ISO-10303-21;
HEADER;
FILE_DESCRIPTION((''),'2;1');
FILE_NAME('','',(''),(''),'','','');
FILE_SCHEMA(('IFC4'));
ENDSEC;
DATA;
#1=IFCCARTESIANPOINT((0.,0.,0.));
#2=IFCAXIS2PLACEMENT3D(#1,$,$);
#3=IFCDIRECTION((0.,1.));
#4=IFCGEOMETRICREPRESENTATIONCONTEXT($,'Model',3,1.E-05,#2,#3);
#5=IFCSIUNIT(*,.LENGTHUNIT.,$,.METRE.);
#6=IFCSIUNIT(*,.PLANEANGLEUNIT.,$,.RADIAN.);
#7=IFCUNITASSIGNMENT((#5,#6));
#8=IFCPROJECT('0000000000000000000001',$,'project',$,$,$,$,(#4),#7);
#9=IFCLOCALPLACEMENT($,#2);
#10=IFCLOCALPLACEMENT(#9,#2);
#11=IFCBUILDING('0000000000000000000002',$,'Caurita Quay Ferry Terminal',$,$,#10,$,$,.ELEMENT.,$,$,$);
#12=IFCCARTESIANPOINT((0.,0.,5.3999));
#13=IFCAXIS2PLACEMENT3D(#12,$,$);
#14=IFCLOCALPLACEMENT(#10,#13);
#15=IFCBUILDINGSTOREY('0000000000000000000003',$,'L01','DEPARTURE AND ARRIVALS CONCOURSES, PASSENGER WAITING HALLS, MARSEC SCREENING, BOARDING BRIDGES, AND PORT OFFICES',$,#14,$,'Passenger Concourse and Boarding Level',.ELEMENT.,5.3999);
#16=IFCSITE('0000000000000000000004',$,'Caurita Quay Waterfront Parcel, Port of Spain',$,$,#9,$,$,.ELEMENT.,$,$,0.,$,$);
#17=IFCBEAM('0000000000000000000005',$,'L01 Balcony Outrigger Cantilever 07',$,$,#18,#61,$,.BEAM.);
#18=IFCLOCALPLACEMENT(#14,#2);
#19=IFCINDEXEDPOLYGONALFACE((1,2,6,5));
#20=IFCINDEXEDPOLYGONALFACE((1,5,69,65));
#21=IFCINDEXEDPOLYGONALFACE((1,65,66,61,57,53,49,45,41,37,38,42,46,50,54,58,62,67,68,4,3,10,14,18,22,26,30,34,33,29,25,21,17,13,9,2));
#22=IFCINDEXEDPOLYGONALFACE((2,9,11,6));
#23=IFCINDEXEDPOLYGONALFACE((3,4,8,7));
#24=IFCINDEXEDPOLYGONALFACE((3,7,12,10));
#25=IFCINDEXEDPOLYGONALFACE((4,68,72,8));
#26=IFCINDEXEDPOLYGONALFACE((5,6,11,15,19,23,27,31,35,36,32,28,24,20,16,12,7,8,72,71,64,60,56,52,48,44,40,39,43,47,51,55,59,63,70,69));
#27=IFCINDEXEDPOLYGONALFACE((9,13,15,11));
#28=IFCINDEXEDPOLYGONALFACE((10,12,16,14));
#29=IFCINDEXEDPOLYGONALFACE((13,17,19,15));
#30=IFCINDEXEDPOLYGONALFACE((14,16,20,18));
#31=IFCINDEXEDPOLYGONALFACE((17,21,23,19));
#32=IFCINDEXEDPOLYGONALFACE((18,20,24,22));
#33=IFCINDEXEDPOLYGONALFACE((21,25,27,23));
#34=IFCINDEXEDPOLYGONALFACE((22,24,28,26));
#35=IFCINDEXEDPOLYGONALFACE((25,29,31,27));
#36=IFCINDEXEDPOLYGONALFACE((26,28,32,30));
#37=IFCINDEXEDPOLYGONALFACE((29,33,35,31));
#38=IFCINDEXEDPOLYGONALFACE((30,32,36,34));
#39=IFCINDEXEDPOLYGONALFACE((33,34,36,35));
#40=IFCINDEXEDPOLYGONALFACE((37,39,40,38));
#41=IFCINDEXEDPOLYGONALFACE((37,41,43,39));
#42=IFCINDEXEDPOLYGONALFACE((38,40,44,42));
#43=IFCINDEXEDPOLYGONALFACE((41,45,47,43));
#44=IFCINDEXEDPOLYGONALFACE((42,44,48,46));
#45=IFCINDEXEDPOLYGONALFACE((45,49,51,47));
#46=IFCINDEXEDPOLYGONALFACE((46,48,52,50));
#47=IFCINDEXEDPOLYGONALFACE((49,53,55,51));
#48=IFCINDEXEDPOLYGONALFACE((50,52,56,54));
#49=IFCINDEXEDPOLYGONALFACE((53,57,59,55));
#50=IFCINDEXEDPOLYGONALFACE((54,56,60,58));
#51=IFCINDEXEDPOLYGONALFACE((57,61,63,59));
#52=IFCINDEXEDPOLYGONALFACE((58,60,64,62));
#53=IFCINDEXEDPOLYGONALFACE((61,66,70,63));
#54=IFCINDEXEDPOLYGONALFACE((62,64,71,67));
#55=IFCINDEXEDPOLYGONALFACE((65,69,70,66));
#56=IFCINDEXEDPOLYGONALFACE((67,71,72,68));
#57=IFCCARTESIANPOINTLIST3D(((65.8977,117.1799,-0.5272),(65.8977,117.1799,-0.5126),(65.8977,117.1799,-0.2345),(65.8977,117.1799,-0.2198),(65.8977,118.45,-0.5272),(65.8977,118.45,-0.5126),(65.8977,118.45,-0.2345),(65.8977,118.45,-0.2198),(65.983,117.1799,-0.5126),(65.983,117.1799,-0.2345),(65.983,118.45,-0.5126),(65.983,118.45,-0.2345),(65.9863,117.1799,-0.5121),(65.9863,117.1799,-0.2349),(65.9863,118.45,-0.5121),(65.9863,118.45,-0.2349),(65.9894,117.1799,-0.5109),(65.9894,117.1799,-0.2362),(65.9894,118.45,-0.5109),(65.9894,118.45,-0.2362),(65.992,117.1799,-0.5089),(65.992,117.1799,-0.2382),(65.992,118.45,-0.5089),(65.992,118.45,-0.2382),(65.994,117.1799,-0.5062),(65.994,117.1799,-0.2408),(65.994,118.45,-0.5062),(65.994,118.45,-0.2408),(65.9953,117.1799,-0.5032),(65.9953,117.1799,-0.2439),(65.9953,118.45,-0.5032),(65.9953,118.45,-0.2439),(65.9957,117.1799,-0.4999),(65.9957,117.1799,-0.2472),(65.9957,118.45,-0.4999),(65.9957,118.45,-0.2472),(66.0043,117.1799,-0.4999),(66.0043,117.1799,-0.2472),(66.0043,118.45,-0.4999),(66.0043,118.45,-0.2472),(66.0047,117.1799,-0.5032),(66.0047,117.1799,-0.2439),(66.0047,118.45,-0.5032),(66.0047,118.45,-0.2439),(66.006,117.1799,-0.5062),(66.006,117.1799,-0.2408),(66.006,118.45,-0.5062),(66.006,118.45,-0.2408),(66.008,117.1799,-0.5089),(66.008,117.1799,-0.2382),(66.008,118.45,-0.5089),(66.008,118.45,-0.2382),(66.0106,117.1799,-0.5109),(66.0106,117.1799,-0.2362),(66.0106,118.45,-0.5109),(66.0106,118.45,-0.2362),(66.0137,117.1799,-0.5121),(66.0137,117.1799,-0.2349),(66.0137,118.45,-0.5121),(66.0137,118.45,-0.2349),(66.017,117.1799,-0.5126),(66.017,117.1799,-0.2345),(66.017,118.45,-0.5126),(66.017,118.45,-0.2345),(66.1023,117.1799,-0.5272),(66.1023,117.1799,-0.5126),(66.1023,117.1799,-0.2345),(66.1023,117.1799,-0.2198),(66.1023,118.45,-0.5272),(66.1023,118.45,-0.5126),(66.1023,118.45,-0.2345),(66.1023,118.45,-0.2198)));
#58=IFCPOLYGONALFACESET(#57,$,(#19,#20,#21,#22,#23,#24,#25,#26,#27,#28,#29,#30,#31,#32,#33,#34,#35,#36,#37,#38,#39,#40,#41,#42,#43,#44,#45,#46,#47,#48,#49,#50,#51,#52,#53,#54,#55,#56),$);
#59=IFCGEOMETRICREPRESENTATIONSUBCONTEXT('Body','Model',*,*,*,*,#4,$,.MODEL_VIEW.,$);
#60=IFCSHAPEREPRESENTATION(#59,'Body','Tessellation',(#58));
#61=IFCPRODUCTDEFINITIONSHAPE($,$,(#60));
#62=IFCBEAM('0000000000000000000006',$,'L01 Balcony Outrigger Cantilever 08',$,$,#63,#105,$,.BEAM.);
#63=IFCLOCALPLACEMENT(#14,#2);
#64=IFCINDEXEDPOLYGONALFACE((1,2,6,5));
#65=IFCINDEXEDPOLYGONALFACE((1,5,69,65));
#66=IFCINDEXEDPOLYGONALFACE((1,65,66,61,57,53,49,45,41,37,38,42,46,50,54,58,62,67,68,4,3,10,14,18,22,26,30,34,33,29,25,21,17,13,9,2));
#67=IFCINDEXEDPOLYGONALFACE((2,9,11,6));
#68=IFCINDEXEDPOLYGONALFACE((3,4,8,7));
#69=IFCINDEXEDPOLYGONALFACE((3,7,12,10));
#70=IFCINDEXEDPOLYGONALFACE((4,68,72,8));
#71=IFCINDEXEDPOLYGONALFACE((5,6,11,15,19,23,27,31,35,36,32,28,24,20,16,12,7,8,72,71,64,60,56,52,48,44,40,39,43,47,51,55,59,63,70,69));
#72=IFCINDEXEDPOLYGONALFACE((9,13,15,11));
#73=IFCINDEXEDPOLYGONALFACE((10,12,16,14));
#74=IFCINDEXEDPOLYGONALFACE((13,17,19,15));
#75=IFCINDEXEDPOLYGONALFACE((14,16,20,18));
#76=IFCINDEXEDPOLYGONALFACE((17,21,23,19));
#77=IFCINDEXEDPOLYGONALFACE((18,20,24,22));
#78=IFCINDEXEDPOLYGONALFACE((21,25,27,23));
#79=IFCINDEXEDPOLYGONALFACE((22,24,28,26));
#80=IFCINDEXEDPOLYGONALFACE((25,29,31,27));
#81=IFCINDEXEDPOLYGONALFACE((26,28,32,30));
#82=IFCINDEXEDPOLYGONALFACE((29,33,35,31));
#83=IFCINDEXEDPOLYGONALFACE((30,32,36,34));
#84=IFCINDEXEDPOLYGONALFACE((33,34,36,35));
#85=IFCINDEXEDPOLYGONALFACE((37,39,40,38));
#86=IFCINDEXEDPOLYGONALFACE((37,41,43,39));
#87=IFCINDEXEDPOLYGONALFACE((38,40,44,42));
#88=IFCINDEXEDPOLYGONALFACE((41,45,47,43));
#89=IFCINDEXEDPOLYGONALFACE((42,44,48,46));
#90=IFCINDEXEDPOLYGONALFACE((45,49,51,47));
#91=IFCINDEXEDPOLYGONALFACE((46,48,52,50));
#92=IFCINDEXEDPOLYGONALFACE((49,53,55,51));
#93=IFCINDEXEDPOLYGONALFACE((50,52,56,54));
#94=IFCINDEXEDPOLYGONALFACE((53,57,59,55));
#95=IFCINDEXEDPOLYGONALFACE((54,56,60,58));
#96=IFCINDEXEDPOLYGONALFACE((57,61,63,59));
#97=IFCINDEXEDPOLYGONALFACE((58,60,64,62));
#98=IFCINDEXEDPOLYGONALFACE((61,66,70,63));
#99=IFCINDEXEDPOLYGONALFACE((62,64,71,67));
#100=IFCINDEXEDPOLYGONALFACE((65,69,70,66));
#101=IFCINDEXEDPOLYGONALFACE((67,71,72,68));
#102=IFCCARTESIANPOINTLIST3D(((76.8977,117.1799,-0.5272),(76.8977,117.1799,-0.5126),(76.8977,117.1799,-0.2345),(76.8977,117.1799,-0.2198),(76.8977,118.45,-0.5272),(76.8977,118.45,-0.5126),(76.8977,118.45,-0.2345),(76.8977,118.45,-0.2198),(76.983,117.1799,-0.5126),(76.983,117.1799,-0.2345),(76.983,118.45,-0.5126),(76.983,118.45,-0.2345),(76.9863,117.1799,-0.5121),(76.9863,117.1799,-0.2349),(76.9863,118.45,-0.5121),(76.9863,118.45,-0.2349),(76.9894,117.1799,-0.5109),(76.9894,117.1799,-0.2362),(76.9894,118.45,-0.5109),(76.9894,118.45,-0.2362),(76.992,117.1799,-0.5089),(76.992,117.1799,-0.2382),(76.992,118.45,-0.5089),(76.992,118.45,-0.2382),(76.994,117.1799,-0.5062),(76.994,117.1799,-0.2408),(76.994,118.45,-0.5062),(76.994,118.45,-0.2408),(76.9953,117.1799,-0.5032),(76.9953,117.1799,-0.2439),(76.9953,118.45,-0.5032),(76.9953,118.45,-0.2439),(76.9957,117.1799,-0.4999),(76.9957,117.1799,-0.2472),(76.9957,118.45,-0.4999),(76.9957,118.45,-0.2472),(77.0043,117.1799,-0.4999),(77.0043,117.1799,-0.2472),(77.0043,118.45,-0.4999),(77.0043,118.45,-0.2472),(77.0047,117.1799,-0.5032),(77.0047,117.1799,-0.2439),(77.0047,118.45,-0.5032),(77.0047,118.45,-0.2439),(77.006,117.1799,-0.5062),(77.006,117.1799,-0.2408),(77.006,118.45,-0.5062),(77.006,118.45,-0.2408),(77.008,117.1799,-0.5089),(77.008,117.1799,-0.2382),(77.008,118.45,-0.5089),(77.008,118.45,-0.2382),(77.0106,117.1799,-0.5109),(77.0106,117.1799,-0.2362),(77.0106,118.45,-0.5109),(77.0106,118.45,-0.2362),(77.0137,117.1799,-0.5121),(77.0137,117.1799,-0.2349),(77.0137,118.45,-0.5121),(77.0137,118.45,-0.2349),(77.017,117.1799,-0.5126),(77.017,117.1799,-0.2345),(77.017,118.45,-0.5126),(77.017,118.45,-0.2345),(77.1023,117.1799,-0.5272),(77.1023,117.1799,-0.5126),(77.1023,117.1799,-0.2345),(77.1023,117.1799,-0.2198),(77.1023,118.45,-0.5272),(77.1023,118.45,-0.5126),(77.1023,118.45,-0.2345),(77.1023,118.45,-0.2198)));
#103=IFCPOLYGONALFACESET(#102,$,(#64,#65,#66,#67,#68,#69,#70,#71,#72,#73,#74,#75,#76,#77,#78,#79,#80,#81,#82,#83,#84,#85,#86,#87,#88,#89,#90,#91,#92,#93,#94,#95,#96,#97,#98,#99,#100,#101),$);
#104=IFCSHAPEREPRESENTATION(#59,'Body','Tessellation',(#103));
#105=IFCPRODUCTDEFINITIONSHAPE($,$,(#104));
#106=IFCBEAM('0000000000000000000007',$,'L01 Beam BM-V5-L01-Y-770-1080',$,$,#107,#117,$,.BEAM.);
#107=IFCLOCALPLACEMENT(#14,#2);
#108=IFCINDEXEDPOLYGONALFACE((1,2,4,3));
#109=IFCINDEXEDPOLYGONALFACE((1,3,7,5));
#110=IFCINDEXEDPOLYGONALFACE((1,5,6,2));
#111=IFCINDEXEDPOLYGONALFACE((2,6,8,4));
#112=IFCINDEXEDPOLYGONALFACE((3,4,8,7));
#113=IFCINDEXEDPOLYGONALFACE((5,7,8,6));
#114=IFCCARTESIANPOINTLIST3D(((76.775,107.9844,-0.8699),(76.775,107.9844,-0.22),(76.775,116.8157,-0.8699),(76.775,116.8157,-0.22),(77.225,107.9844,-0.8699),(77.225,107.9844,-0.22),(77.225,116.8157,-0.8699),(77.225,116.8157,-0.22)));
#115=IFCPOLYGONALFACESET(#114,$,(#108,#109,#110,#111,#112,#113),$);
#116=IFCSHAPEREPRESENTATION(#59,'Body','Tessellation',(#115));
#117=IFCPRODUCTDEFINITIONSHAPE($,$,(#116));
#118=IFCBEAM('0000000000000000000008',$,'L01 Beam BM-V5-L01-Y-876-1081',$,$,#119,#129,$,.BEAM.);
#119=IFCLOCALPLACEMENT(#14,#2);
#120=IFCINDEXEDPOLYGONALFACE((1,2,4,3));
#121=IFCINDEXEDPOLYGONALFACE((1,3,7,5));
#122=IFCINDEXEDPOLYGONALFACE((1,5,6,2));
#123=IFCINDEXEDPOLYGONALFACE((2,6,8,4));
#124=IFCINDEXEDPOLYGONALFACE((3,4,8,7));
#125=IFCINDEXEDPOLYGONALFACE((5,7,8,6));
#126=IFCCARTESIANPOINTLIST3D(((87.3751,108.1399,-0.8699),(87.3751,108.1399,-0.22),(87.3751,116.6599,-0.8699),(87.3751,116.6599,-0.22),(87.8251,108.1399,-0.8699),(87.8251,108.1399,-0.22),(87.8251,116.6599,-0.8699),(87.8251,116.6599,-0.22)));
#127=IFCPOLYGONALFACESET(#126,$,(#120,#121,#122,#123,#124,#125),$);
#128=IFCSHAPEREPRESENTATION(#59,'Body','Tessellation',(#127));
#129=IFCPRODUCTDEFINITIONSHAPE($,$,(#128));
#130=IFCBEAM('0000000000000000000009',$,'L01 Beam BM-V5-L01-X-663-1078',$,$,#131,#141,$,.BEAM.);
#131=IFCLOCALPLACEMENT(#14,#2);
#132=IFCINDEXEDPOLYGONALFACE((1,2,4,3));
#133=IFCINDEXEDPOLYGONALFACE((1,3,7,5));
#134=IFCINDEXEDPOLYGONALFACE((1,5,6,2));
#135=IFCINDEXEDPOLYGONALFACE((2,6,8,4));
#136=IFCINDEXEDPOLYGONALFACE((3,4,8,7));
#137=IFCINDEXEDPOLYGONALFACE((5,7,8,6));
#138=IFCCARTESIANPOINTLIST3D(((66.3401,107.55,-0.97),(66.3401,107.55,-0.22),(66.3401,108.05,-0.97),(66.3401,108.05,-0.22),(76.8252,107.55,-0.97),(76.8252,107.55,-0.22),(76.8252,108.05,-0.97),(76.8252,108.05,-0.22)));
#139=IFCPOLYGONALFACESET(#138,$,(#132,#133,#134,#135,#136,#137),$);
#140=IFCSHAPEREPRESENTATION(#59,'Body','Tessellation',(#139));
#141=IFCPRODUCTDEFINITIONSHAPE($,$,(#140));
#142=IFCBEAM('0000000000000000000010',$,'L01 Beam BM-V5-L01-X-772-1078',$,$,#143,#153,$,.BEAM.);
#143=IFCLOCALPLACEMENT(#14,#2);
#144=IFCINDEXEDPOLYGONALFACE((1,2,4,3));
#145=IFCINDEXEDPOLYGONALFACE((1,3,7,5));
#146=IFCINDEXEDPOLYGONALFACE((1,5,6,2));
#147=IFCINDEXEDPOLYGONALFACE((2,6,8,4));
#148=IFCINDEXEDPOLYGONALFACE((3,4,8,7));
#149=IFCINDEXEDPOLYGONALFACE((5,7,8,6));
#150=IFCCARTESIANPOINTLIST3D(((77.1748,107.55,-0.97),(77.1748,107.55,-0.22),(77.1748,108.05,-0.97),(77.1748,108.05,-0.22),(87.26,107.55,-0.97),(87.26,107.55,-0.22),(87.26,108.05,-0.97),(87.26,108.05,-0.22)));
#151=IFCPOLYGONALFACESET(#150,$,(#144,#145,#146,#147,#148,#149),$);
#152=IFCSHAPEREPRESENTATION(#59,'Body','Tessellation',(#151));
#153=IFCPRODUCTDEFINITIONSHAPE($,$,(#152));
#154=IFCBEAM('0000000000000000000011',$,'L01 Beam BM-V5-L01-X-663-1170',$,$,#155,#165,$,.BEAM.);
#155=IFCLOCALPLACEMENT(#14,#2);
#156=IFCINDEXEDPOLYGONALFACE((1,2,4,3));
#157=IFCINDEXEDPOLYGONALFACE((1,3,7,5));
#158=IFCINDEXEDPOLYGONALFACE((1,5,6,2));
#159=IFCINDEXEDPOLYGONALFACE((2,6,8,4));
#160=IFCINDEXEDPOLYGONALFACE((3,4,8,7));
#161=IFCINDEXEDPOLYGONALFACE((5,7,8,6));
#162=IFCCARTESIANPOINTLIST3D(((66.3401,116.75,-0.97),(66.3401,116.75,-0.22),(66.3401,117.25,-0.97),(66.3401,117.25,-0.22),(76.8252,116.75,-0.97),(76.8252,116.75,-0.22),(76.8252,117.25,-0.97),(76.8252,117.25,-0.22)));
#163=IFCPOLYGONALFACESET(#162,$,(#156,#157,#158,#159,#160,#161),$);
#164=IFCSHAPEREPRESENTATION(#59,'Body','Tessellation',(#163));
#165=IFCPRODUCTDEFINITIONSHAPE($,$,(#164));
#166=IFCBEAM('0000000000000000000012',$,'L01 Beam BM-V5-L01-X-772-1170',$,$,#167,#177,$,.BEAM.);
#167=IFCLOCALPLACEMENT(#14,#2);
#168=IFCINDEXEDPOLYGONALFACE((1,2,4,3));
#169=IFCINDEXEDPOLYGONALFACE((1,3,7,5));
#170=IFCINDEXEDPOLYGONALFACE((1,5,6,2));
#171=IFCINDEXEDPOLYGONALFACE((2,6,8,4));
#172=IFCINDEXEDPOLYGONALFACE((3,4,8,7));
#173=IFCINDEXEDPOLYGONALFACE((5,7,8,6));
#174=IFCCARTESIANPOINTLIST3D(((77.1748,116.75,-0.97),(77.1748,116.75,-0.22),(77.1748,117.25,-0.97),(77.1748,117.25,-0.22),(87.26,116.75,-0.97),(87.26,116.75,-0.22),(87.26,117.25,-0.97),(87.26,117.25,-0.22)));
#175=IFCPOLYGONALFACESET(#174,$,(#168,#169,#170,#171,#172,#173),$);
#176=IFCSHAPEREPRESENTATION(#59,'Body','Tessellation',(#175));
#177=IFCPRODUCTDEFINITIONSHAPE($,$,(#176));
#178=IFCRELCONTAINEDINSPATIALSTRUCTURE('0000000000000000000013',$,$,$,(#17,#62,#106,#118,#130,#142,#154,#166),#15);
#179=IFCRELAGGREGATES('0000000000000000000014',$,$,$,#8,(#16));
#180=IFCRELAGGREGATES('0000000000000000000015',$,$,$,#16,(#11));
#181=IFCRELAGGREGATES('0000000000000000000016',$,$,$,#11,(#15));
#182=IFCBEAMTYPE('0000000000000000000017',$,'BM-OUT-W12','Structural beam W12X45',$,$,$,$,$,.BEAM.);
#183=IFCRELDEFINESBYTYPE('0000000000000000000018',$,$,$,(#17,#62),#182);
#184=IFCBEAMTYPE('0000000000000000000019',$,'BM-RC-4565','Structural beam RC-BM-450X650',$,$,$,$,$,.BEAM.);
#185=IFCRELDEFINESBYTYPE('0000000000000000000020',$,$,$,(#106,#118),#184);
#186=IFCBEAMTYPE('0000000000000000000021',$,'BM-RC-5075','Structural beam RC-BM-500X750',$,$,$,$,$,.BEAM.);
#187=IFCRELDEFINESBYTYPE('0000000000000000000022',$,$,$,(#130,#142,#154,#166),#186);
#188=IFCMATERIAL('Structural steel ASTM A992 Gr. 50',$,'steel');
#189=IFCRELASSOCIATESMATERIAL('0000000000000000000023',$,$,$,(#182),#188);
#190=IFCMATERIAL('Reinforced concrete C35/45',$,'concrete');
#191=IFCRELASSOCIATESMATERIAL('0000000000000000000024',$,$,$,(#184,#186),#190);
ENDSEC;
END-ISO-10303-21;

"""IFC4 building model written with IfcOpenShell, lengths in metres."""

from ifc_helpers import new_model, si_unit, direction, frame, origin, origin_2d, place, context, subcontext, project, spatial, rectangle, i_section, extrude, material, material_profile, profile_set, type_object, element, save


model = new_model("IFC4")

# Units and contexts
model_context = context("Model", 3, precision=1e-05, world=origin(), true_north=direction((0.0, 1.0)))
body_context = subcontext(model_context, "Body", "Model", "MODEL_VIEW")
ifc_project = project(units=[si_unit("LENGTHUNIT", "METRE"), si_unit("PLANEANGLEUNIT", "RADIAN")], contexts=[model_context])

# Site, building, storey
site_placement = place(None, origin())
site = spatial("IfcSite", under=ifc_project, at=site_placement, Name="Caurita Quay Waterfront Parcel, Port of Spain", CompositionType="ELEMENT", RefElevation=0.0)
building_placement = place(site_placement, origin())
building = spatial("IfcBuilding", under=site, at=building_placement, Name="Caurita Quay Ferry Terminal", CompositionType="ELEMENT")
storey_placement = place(building_placement, frame((0.0, 0.0, 5.3999)))
storey = spatial("IfcBuildingStorey", under=building, at=storey_placement, Name="L01", Description="DEPARTURE AND ARRIVALS CONCOURSES, PASSENGER WAITING HALLS, MARSEC SCREENING, BOARDING BRIDGES, AND PORT OFFICES", LongName="Passenger Concourse and Boarding Level", CompositionType="ELEMENT", Elevation=5.3999)

# Shared definitions
ifc_material_1 = material(Name="Reinforced concrete C35/45", Category="concrete")

# Beams
ifc_material_2 = material(Name="Structural steel ASTM A992 Gr. 50", Category="steel")
ifc_material_profile_1 = material_profile(ifc_material_2, i_section(OverallWidth=0.2046, OverallDepth=0.3074, WebThickness=0.0085, FlangeThickness=0.0146, FilletRadius=0.0127, at=origin_2d()), Name="W12X45")
ifc_profile_set_1 = profile_set([ifc_material_profile_1], Name="Structural steel ASTM A992 Gr. 50")
beam_type_1 = type_object("IfcBeamType", Name="BM-OUT-W12", Description="Structural beam W12X45", PredefinedType="BEAM", material=ifc_profile_set_1)
for number, where, z_axis, x_axis, name in (
    (1, (66.0, 117.1799, -0.3735), (0.0, 1.0, 0.0), (-1.0, 0.0, 0.0), "L01 Balcony Outrigger Cantilever 07"),
    (2, (77.0, 117.1799, -0.3735), (0.0, 1.0, 0.0), (-1.0, 0.0, 0.0), "L01 Balcony Outrigger Cantilever 08"),
):
    element("IfcBeam", number, at=place(storey_placement, frame(where, z_axis=z_axis, x_axis=x_axis)), inside=storey, type_object=beam_type_1, Name=name, PredefinedType="BEAM", context=body_context, shape_type="SweptSolid", body=[
        extrude(i_section(OverallWidth=0.2046, OverallDepth=0.3074, WebThickness=0.0085, FlangeThickness=0.0146, FilletRadius=0.0127, at=origin_2d()), origin(), (0.0, 0.0, 1.0), 1.27),
    ])
ifc_material_profile_2 = material_profile(ifc_material_1, rectangle(XDim=0.45, YDim=0.6499, at=origin_2d()), Name="RC-BM-450X650")
ifc_profile_set_2 = profile_set([ifc_material_profile_2], Name="Reinforced concrete C35/45")
beam_type_2 = type_object("IfcBeamType", Name="BM-RC-4565", Description="Structural beam RC-BM-450X650", PredefinedType="BEAM", material=ifc_profile_set_2)
beam_1_placement = place(storey_placement, frame((77.0, 107.9844, -0.5449), z_axis=(0.0, 1.0, 0.0), x_axis=(-1.0, 0.0, 0.0)))
element("IfcBeam", 3, at=beam_1_placement, inside=storey, type_object=beam_type_2, Name="L01 Beam BM-V5-L01-Y-770-1080", PredefinedType="BEAM", context=body_context, shape_type="SweptSolid", body=[
    extrude(rectangle(XDim=0.45, YDim=0.6499, at=origin_2d()), origin(), (0.0, 0.0, 1.0), 8.8313),
])
beam_2_placement = place(storey_placement, frame((87.6001, 108.1399, -0.5449), z_axis=(0.0, 1.0, 0.0), x_axis=(-1.0, 0.0, 0.0)))
element("IfcBeam", 4, at=beam_2_placement, inside=storey, type_object=beam_type_2, Name="L01 Beam BM-V5-L01-Y-876-1081", PredefinedType="BEAM", context=body_context, shape_type="SweptSolid", body=[
    extrude(rectangle(XDim=0.45, YDim=0.6499, at=origin_2d()), origin(), (0.0, 0.0, 1.0), 8.52),
])
ifc_material_profile_3 = material_profile(ifc_material_1, rectangle(XDim=0.5, YDim=0.75, at=origin_2d()), Name="RC-BM-500X750")
ifc_profile_set_3 = profile_set([ifc_material_profile_3], Name="Reinforced concrete C35/45")
beam_type_3 = type_object("IfcBeamType", Name="BM-RC-5075", Description="Structural beam RC-BM-500X750", PredefinedType="BEAM", material=ifc_profile_set_3)
beam_3_placement = place(storey_placement, frame((66.3401, 107.8, -0.595), z_axis=(1.0, 0.0, 0.0), x_axis=(0.0, 1.0, 0.0)))
element("IfcBeam", 5, at=beam_3_placement, inside=storey, type_object=beam_type_3, Name="L01 Beam BM-V5-L01-X-663-1078", PredefinedType="BEAM", context=body_context, shape_type="SweptSolid", body=[
    extrude(rectangle(XDim=0.5, YDim=0.75, at=origin_2d()), origin(), (0.0, 0.0, 1.0), 10.4851),
])
beam_4_placement = place(storey_placement, frame((77.1748, 107.8, -0.595), z_axis=(1.0, 0.0, 0.0), x_axis=(0.0, 1.0, 0.0)))
element("IfcBeam", 6, at=beam_4_placement, inside=storey, type_object=beam_type_3, Name="L01 Beam BM-V5-L01-X-772-1078", PredefinedType="BEAM", context=body_context, shape_type="SweptSolid", body=[
    extrude(rectangle(XDim=0.5, YDim=0.75, at=origin_2d()), origin(), (0.0, 0.0, 1.0), 10.0852),
])
beam_5_placement = place(storey_placement, frame((66.3401, 117.0, -0.595), z_axis=(1.0, 0.0, 0.0), x_axis=(0.0, 1.0, 0.0)))
element("IfcBeam", 7, at=beam_5_placement, inside=storey, type_object=beam_type_3, Name="L01 Beam BM-V5-L01-X-663-1170", PredefinedType="BEAM", context=body_context, shape_type="SweptSolid", body=[
    extrude(rectangle(XDim=0.5, YDim=0.75, at=origin_2d()), origin(), (0.0, 0.0, 1.0), 10.4851),
])
beam_6_placement = place(storey_placement, frame((77.1748, 117.0, -0.595), z_axis=(1.0, 0.0, 0.0), x_axis=(0.0, 1.0, 0.0)))
element("IfcBeam", 8, at=beam_6_placement, inside=storey, type_object=beam_type_3, Name="L01 Beam BM-V5-L01-X-772-1170", PredefinedType="BEAM", context=body_context, shape_type="SweptSolid", body=[
    extrude(rectangle(XDim=0.5, YDim=0.75, at=origin_2d()), origin(), (0.0, 0.0, 1.0), 10.0852),
])

save(model, "model.ifc")
